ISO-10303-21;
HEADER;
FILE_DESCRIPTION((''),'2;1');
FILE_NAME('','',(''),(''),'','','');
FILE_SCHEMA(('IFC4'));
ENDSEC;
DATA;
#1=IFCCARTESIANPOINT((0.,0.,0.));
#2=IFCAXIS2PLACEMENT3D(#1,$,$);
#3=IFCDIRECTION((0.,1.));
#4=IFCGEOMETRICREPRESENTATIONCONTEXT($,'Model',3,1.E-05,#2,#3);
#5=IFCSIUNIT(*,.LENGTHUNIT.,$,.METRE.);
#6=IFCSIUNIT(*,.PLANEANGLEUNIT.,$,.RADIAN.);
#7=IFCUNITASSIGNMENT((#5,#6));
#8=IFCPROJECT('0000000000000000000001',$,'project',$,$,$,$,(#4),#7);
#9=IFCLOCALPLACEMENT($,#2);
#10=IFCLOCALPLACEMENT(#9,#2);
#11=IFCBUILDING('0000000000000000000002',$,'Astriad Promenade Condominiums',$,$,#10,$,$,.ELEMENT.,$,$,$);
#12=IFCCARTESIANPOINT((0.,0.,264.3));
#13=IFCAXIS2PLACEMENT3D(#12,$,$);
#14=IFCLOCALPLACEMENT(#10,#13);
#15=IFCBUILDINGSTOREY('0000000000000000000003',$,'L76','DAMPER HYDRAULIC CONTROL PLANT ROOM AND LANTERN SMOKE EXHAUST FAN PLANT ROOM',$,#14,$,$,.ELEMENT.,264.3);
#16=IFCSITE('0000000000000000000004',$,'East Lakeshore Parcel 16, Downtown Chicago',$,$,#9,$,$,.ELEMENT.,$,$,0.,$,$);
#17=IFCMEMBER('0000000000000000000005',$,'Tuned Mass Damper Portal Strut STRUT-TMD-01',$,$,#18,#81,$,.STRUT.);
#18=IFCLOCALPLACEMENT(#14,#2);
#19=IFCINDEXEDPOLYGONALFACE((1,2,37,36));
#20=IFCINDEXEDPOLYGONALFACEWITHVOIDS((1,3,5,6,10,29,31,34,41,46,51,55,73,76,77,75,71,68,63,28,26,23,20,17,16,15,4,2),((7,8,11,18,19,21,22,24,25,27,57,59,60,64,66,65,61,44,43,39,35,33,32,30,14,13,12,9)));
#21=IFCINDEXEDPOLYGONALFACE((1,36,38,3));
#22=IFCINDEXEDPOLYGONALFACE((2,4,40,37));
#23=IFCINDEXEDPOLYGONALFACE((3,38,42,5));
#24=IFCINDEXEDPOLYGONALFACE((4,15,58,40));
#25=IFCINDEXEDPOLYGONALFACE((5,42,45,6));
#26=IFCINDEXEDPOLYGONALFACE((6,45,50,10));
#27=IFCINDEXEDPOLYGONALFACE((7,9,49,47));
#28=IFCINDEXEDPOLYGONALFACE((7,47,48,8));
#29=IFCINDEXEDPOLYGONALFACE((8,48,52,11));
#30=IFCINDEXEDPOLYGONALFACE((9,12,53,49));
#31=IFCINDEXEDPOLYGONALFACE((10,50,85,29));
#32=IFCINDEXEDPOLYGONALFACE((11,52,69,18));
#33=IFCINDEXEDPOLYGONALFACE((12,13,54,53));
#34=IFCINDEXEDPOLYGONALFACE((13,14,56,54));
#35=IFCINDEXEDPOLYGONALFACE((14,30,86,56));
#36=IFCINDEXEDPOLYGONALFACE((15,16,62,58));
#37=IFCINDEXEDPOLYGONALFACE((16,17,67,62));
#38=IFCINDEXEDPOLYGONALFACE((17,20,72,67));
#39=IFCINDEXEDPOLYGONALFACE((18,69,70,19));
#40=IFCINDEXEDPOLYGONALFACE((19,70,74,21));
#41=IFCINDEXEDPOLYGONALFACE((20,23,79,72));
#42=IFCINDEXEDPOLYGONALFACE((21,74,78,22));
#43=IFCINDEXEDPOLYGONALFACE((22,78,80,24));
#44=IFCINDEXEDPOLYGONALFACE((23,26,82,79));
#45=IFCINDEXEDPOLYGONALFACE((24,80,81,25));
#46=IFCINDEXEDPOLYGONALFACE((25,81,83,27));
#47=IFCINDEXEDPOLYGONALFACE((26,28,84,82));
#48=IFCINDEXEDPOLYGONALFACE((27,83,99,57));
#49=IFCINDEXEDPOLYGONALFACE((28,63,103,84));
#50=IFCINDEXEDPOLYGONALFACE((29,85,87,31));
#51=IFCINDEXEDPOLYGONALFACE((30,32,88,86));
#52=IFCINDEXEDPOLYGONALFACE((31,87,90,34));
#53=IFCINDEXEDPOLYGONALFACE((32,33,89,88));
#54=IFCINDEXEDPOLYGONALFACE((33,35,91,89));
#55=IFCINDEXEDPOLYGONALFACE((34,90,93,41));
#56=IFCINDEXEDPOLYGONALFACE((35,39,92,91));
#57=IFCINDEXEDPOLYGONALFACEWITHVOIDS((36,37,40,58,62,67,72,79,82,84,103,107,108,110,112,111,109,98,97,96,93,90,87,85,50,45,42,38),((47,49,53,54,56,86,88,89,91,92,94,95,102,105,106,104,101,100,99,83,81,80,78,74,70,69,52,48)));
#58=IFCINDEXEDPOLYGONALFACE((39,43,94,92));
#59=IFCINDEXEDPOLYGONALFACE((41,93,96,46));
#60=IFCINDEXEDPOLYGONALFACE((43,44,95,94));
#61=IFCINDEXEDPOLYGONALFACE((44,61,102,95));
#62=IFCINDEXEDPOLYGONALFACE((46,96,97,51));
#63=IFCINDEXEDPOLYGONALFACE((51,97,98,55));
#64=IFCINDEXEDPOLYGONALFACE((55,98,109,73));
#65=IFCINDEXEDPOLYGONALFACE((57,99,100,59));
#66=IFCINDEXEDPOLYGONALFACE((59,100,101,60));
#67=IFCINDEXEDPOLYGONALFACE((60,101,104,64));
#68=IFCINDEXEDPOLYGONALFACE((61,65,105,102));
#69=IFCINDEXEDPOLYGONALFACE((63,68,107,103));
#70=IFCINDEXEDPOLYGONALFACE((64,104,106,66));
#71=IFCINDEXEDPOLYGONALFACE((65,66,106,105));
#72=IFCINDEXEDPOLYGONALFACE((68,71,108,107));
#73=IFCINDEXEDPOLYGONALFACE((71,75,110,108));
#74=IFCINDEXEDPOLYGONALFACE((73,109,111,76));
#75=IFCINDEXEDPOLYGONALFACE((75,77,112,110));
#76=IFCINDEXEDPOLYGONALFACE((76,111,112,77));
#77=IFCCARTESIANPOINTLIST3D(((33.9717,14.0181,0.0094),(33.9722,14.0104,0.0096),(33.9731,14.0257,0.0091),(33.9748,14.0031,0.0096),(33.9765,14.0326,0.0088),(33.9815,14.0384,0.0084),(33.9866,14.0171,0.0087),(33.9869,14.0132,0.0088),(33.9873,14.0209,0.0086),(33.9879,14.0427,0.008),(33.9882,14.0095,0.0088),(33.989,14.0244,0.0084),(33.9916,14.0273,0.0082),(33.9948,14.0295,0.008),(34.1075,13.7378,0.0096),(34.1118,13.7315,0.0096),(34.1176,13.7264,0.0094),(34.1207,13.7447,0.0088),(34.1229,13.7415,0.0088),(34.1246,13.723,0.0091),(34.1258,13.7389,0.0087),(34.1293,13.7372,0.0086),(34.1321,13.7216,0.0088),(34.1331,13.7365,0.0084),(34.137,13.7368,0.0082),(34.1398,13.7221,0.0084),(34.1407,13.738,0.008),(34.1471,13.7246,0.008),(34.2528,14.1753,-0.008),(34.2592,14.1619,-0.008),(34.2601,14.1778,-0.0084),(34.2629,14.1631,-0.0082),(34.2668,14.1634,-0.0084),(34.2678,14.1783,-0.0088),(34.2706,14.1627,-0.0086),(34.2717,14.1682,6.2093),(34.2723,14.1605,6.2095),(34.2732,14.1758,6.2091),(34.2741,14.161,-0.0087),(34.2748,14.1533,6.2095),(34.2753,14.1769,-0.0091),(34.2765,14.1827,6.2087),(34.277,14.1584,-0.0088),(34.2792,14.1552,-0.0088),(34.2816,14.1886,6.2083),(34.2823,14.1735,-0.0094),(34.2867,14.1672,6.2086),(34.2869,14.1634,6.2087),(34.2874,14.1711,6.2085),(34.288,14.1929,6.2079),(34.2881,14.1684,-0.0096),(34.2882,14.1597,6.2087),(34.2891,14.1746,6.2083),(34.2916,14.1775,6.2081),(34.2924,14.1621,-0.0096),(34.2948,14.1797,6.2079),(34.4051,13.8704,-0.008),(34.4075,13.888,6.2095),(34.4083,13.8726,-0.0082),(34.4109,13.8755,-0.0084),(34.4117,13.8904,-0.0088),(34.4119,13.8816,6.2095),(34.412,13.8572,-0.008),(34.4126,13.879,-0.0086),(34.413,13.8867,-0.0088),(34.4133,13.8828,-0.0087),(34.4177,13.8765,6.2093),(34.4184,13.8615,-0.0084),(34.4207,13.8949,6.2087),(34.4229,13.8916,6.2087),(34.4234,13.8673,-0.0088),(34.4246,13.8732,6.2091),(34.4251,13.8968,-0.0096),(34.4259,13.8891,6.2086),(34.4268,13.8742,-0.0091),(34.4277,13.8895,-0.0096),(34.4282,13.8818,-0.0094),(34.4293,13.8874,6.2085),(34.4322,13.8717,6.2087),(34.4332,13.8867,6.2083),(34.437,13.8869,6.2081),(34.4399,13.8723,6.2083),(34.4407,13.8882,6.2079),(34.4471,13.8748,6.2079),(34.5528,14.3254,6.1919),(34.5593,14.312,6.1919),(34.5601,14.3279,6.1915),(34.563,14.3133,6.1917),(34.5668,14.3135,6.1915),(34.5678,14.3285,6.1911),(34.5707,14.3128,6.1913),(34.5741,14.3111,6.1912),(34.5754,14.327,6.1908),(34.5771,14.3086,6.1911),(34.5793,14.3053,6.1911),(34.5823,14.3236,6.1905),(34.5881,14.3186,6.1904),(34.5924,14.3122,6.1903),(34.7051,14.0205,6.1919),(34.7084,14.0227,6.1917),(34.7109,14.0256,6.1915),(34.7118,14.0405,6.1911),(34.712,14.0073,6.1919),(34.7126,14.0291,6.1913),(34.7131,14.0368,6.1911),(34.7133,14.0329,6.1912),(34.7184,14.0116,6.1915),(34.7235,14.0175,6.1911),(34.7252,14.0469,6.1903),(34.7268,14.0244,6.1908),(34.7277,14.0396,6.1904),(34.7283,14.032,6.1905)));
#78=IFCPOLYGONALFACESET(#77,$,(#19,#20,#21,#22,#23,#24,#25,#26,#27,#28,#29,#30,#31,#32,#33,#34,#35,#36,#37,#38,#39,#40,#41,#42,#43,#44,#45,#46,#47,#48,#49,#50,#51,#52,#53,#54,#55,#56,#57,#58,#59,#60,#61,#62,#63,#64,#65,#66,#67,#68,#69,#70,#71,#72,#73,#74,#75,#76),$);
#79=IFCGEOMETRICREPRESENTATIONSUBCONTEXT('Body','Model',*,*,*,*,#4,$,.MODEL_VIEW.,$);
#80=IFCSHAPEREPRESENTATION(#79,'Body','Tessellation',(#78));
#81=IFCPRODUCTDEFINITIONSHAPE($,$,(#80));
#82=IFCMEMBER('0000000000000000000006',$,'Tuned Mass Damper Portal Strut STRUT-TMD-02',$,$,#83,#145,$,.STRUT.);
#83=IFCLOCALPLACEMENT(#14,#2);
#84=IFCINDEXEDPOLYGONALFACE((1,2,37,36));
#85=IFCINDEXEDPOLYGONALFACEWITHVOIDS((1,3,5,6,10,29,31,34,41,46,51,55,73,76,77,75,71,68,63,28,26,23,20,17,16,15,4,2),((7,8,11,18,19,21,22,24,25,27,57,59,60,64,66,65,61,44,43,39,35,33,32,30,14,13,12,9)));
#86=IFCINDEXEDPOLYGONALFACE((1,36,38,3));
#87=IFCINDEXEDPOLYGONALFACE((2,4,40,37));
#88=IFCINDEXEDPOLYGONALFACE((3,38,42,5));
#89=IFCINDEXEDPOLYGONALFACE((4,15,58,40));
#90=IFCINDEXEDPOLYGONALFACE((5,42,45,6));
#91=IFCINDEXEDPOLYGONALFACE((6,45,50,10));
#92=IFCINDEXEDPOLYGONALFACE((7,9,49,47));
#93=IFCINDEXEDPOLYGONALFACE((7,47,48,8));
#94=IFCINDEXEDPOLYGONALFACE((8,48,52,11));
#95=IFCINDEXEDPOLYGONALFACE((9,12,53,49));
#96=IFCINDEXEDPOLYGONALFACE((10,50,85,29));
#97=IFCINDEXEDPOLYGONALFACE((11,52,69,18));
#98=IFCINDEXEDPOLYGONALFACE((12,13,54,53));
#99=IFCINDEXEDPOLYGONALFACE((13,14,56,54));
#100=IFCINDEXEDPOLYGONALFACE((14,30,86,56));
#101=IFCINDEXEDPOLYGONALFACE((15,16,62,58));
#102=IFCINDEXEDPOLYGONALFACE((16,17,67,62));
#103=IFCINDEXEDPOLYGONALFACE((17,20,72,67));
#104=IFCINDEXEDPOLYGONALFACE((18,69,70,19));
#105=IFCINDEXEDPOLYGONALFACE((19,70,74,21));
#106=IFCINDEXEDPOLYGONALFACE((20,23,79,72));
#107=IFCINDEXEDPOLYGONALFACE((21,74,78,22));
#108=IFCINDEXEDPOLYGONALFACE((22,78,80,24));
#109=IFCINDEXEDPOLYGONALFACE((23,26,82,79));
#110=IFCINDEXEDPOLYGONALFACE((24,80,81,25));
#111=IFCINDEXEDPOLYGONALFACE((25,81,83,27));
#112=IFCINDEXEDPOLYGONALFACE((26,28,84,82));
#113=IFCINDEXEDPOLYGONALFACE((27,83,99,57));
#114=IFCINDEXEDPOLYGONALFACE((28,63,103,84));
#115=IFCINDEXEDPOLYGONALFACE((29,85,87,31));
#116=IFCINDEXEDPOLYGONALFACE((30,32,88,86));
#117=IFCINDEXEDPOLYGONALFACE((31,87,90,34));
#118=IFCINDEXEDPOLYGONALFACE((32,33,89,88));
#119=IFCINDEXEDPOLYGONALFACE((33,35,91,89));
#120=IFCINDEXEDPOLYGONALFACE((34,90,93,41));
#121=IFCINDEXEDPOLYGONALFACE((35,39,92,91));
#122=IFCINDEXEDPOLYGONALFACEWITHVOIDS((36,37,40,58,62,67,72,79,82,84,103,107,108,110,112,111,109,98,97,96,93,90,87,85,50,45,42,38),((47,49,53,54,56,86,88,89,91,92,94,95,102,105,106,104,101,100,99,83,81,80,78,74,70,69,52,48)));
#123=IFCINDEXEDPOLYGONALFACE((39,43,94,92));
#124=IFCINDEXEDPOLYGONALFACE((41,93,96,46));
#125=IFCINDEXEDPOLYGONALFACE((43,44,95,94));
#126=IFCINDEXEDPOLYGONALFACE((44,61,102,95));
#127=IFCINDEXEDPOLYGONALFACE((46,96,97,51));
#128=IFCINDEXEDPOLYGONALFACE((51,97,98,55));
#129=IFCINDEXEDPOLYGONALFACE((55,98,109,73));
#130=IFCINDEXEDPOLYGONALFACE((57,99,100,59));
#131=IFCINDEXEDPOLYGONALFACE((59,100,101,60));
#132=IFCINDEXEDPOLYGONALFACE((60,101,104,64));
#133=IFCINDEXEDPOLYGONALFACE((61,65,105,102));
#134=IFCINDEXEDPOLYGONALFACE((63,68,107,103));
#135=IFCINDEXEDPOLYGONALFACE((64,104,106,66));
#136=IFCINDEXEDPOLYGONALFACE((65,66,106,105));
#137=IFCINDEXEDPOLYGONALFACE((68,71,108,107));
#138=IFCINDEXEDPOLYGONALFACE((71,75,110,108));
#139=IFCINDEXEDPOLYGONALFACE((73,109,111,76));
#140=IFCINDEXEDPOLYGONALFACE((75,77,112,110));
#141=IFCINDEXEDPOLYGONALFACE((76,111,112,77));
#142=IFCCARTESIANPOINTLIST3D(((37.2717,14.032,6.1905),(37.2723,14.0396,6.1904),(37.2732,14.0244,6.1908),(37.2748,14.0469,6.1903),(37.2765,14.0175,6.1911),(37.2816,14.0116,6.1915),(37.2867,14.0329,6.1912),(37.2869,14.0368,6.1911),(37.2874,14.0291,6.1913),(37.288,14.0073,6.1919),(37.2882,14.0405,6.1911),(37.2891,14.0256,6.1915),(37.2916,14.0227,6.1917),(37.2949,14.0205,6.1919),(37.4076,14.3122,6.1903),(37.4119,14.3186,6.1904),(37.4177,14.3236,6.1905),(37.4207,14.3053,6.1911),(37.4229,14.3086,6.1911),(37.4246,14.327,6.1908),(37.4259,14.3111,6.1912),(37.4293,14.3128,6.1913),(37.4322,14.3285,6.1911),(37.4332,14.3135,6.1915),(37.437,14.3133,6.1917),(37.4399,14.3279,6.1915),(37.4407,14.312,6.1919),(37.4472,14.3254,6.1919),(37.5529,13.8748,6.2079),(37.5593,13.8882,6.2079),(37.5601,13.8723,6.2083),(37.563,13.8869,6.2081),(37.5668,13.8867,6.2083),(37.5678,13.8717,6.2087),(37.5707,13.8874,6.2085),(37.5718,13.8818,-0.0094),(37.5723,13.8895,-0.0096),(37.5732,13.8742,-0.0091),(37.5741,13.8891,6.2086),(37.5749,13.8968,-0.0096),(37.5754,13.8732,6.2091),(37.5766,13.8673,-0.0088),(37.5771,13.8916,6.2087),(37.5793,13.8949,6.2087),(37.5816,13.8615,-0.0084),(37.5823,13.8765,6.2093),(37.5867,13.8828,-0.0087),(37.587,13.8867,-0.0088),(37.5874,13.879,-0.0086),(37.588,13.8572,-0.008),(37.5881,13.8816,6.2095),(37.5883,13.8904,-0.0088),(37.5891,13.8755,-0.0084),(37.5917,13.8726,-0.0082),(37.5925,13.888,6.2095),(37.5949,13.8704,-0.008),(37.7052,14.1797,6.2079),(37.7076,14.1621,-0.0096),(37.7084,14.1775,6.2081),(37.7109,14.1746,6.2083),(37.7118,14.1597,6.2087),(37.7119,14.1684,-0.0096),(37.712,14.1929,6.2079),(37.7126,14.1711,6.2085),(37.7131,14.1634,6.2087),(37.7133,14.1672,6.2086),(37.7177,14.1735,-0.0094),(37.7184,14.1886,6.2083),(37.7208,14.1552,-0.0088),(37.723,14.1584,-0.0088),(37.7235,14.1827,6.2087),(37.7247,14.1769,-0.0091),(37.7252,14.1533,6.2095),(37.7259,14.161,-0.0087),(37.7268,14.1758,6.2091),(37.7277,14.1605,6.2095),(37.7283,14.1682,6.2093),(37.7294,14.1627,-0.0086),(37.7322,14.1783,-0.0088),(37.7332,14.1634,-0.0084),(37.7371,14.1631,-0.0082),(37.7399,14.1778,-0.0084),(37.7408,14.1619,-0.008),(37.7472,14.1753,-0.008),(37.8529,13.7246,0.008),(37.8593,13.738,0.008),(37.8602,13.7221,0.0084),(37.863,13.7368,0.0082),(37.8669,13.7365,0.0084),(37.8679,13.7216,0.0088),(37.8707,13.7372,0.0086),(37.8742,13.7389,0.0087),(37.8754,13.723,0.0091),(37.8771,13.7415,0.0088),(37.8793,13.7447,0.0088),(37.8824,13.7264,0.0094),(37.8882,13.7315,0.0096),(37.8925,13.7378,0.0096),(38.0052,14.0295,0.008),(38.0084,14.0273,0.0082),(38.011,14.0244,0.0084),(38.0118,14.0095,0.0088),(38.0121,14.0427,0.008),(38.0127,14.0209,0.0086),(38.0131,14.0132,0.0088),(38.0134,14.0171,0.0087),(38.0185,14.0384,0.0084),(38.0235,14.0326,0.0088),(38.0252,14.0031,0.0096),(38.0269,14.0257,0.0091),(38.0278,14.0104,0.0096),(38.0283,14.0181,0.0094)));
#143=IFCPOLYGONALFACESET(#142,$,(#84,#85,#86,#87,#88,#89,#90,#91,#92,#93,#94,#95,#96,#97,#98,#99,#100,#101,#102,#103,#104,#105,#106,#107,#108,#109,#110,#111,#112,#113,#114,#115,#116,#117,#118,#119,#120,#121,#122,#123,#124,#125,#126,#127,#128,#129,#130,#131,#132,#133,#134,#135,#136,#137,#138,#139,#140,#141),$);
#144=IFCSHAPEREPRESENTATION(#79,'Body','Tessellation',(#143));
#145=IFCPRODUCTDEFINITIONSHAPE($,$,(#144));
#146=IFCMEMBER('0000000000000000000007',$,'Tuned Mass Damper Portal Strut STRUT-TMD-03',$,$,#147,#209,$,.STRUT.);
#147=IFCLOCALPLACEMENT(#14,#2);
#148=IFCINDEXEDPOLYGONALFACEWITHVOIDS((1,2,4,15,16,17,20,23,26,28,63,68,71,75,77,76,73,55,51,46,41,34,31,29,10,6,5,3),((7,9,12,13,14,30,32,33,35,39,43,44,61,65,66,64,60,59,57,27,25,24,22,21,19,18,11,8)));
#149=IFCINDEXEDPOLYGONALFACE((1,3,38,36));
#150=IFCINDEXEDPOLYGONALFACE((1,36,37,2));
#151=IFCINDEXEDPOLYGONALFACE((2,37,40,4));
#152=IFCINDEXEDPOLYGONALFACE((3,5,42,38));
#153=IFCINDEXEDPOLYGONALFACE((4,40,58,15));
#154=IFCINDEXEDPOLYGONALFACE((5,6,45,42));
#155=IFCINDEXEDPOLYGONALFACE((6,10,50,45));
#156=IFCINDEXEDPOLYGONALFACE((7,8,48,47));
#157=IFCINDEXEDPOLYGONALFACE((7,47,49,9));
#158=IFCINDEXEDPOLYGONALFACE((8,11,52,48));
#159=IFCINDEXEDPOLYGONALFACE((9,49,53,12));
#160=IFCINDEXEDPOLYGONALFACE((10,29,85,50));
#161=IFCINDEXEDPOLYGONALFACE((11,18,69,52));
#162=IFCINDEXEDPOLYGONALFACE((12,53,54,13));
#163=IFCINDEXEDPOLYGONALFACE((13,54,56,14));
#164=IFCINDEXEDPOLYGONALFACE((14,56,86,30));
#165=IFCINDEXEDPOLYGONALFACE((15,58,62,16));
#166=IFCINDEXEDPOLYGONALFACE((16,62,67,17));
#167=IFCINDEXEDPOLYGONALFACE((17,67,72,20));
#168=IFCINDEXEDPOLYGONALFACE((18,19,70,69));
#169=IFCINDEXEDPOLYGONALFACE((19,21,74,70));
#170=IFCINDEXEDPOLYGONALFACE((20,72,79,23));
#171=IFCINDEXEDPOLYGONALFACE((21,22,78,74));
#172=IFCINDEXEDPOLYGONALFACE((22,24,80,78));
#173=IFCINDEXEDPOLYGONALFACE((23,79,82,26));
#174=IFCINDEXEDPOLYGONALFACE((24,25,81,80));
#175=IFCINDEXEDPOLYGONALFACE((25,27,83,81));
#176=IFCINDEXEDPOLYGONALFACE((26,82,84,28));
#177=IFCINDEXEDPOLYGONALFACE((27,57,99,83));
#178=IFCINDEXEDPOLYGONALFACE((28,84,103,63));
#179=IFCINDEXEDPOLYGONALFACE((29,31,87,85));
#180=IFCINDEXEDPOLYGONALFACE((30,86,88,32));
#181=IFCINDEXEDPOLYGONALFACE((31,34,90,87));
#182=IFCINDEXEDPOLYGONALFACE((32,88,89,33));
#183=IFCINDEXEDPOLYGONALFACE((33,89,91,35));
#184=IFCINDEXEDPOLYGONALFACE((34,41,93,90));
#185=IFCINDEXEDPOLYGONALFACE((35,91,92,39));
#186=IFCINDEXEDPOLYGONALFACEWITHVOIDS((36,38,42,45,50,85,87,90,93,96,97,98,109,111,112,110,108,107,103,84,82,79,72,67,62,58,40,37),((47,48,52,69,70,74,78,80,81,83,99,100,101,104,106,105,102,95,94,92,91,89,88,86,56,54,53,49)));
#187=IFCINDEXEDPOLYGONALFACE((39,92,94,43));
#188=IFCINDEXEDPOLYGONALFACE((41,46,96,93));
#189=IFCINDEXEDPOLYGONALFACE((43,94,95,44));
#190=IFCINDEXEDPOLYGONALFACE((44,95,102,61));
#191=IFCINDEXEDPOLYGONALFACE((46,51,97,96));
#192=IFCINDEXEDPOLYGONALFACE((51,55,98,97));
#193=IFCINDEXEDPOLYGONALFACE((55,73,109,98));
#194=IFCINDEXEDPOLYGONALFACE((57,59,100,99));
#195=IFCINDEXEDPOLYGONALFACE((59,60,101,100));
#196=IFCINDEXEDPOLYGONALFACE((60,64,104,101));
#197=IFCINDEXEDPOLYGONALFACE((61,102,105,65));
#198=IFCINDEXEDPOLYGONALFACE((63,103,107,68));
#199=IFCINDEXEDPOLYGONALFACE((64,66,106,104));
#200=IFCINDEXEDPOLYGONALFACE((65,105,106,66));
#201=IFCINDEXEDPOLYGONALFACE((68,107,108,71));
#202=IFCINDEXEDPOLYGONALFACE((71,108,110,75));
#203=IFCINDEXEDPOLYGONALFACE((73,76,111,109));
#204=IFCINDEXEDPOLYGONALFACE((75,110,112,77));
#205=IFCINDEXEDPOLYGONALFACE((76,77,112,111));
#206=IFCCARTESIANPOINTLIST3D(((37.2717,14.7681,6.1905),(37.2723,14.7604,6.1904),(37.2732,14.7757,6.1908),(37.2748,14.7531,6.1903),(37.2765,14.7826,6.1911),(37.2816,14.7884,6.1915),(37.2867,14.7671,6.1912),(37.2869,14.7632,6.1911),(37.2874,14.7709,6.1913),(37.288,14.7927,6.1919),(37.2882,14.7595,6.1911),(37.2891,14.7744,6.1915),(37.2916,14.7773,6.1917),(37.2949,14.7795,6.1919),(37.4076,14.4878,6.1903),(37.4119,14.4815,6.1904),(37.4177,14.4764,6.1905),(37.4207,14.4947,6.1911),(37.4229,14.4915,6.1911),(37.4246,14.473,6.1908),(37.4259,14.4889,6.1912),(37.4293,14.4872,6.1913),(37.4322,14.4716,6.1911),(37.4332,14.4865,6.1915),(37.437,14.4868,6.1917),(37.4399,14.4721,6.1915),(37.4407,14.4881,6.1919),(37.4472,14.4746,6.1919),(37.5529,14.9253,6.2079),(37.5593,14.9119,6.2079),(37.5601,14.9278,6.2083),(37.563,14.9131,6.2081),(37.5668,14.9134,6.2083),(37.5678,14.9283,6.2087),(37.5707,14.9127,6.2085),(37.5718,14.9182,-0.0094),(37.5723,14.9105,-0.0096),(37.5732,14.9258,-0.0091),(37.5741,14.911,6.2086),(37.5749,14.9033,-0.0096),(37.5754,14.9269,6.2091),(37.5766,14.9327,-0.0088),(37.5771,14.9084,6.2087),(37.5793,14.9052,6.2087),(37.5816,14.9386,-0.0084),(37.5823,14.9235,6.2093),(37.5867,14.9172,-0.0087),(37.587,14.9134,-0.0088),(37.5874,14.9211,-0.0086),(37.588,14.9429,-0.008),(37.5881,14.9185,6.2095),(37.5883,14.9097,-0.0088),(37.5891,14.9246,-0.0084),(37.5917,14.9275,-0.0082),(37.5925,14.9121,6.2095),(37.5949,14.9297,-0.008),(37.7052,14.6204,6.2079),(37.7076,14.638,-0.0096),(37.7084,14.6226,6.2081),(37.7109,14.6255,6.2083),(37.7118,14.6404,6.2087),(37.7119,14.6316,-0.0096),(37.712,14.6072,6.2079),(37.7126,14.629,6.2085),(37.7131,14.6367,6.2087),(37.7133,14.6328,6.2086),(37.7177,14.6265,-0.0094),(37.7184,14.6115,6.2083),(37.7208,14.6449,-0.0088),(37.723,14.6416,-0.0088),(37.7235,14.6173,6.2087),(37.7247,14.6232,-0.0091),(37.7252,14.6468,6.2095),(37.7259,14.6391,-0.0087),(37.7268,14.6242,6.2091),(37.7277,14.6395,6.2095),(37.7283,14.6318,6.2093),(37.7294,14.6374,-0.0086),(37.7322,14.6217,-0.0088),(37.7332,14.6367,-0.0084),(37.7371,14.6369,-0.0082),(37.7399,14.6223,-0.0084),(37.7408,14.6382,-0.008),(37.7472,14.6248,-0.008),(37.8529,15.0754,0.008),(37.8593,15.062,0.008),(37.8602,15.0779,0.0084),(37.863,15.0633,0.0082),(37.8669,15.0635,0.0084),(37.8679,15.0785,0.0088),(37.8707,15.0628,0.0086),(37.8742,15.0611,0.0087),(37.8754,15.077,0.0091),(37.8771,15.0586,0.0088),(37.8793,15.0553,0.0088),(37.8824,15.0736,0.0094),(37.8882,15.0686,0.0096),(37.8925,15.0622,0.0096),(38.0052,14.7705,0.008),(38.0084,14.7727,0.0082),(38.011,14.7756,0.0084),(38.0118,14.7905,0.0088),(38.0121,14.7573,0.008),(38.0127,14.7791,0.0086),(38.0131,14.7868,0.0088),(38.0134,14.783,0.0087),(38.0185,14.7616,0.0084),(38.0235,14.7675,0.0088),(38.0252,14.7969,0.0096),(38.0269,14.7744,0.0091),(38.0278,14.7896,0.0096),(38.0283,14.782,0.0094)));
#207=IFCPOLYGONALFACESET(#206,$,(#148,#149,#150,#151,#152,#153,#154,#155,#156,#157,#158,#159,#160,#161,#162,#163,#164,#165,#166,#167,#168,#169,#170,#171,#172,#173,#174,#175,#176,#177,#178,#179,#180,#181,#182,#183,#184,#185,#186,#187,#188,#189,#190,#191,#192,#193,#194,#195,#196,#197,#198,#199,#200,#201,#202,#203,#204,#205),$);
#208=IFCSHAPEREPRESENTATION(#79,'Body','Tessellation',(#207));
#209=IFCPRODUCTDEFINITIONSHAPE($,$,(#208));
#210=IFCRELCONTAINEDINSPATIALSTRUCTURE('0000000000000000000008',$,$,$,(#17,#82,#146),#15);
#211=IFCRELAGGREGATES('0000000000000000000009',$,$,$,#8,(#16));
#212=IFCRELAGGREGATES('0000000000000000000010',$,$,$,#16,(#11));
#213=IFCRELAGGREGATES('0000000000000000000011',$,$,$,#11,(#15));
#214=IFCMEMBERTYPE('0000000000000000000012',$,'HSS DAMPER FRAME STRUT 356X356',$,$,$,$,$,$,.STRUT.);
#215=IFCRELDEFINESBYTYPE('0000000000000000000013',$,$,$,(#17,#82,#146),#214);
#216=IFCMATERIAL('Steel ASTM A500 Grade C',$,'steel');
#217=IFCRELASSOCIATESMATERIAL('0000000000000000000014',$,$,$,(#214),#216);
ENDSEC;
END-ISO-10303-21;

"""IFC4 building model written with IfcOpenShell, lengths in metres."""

from ifc_helpers import new_model, si_unit, direction, frame, origin, origin_2d, place, context, subcontext, project, spatial, hollow_rectangle, extrude, source, transform, mapped, material, material_profile, profile_set, type_object, type_shapes, element, save


model = new_model("IFC4")

# Units and contexts
model_context = context("Model", 3, precision=1e-05, world=origin(), true_north=direction((0.0, 1.0)))
body_context = subcontext(model_context, "Body", "Model", "MODEL_VIEW")
ifc_project = project(units=[si_unit("LENGTHUNIT", "METRE"), si_unit("PLANEANGLEUNIT", "RADIAN")], contexts=[model_context])

# Site, building, storey
site_placement = place(None, origin())
site = spatial("IfcSite", under=ifc_project, at=site_placement, Name="East Lakeshore Parcel 16, Downtown Chicago", CompositionType="ELEMENT", RefElevation=0.0)
building_placement = place(site_placement, origin())
building = spatial("IfcBuilding", under=site, at=building_placement, Name="Astriad Promenade Condominiums", CompositionType="ELEMENT")
storey_placement = place(building_placement, frame((0.0, 0.0, 264.3)))
storey = spatial("IfcBuildingStorey", under=building, at=storey_placement, Name="L76", Description="DAMPER HYDRAULIC CONTROL PLANT ROOM AND LANTERN SMOKE EXHAUST FAN PLANT ROOM", CompositionType="ELEMENT", Elevation=264.3)

# Members
ifc_material_1 = material(Name="Steel ASTM A500 Grade C", Category="steel")
ifc_material_profile_1 = material_profile(ifc_material_1, hollow_rectangle(XDim=0.3557, YDim=0.3557, WallThickness=0.0149, InnerFilletRadius=0.0149, OuterFilletRadius=0.0295, at=origin_2d()), Name="HSS356X356X15.9")
ifc_profile_set_1 = profile_set([ifc_material_profile_1], Name="Steel ASTM A500 Grade C")
member_type_1 = type_object("IfcMemberType", Name="HSS DAMPER FRAME STRUT 356X356", PredefinedType="STRUT", material=ifc_profile_set_1)
shared_shape_1 = source(origin(), body_context, "Body", "SweptSolid", [
    extrude(hollow_rectangle(XDim=0.3557, YDim=0.3557, WallThickness=0.0149, InnerFilletRadius=0.0149, OuterFilletRadius=0.0295, at=origin_2d()), origin(), (0.0, 0.0, 1.0), 6.209),
])
type_shapes(member_type_1, [shared_shape_1])
for number, where, z_axis, x_axis, name in (
    (1, (34.2, 13.95, 0.0), (0.048325, 0.024182, 0.998539), (-0.447505, 0.894282, 0.0), "Tuned Mass Damper Portal Strut STRUT-TMD-01"),
    (2, (37.8, 13.95, 0.0), (-0.048325, 0.024182, 0.998539), (-0.447505, -0.894282, 0.0), "Tuned Mass Damper Portal Strut STRUT-TMD-02"),
    (3, (37.8, 14.8501, 0.0), (-0.048325, -0.024182, 0.998539), (0.447505, -0.894282, 0.0), "Tuned Mass Damper Portal Strut STRUT-TMD-03"),
):
    element("IfcMember", number, at=place(storey_placement, frame(where, z_axis=z_axis, x_axis=x_axis)), inside=storey, type_object=member_type_1, Name=name, PredefinedType="STRUT", context=body_context, shape_type="MappedRepresentation", body=[
        mapped(shared_shape_1, transform((0.0, 0.0, 0.0), scale=1.0)),
    ])

save(model, "model.ifc")
